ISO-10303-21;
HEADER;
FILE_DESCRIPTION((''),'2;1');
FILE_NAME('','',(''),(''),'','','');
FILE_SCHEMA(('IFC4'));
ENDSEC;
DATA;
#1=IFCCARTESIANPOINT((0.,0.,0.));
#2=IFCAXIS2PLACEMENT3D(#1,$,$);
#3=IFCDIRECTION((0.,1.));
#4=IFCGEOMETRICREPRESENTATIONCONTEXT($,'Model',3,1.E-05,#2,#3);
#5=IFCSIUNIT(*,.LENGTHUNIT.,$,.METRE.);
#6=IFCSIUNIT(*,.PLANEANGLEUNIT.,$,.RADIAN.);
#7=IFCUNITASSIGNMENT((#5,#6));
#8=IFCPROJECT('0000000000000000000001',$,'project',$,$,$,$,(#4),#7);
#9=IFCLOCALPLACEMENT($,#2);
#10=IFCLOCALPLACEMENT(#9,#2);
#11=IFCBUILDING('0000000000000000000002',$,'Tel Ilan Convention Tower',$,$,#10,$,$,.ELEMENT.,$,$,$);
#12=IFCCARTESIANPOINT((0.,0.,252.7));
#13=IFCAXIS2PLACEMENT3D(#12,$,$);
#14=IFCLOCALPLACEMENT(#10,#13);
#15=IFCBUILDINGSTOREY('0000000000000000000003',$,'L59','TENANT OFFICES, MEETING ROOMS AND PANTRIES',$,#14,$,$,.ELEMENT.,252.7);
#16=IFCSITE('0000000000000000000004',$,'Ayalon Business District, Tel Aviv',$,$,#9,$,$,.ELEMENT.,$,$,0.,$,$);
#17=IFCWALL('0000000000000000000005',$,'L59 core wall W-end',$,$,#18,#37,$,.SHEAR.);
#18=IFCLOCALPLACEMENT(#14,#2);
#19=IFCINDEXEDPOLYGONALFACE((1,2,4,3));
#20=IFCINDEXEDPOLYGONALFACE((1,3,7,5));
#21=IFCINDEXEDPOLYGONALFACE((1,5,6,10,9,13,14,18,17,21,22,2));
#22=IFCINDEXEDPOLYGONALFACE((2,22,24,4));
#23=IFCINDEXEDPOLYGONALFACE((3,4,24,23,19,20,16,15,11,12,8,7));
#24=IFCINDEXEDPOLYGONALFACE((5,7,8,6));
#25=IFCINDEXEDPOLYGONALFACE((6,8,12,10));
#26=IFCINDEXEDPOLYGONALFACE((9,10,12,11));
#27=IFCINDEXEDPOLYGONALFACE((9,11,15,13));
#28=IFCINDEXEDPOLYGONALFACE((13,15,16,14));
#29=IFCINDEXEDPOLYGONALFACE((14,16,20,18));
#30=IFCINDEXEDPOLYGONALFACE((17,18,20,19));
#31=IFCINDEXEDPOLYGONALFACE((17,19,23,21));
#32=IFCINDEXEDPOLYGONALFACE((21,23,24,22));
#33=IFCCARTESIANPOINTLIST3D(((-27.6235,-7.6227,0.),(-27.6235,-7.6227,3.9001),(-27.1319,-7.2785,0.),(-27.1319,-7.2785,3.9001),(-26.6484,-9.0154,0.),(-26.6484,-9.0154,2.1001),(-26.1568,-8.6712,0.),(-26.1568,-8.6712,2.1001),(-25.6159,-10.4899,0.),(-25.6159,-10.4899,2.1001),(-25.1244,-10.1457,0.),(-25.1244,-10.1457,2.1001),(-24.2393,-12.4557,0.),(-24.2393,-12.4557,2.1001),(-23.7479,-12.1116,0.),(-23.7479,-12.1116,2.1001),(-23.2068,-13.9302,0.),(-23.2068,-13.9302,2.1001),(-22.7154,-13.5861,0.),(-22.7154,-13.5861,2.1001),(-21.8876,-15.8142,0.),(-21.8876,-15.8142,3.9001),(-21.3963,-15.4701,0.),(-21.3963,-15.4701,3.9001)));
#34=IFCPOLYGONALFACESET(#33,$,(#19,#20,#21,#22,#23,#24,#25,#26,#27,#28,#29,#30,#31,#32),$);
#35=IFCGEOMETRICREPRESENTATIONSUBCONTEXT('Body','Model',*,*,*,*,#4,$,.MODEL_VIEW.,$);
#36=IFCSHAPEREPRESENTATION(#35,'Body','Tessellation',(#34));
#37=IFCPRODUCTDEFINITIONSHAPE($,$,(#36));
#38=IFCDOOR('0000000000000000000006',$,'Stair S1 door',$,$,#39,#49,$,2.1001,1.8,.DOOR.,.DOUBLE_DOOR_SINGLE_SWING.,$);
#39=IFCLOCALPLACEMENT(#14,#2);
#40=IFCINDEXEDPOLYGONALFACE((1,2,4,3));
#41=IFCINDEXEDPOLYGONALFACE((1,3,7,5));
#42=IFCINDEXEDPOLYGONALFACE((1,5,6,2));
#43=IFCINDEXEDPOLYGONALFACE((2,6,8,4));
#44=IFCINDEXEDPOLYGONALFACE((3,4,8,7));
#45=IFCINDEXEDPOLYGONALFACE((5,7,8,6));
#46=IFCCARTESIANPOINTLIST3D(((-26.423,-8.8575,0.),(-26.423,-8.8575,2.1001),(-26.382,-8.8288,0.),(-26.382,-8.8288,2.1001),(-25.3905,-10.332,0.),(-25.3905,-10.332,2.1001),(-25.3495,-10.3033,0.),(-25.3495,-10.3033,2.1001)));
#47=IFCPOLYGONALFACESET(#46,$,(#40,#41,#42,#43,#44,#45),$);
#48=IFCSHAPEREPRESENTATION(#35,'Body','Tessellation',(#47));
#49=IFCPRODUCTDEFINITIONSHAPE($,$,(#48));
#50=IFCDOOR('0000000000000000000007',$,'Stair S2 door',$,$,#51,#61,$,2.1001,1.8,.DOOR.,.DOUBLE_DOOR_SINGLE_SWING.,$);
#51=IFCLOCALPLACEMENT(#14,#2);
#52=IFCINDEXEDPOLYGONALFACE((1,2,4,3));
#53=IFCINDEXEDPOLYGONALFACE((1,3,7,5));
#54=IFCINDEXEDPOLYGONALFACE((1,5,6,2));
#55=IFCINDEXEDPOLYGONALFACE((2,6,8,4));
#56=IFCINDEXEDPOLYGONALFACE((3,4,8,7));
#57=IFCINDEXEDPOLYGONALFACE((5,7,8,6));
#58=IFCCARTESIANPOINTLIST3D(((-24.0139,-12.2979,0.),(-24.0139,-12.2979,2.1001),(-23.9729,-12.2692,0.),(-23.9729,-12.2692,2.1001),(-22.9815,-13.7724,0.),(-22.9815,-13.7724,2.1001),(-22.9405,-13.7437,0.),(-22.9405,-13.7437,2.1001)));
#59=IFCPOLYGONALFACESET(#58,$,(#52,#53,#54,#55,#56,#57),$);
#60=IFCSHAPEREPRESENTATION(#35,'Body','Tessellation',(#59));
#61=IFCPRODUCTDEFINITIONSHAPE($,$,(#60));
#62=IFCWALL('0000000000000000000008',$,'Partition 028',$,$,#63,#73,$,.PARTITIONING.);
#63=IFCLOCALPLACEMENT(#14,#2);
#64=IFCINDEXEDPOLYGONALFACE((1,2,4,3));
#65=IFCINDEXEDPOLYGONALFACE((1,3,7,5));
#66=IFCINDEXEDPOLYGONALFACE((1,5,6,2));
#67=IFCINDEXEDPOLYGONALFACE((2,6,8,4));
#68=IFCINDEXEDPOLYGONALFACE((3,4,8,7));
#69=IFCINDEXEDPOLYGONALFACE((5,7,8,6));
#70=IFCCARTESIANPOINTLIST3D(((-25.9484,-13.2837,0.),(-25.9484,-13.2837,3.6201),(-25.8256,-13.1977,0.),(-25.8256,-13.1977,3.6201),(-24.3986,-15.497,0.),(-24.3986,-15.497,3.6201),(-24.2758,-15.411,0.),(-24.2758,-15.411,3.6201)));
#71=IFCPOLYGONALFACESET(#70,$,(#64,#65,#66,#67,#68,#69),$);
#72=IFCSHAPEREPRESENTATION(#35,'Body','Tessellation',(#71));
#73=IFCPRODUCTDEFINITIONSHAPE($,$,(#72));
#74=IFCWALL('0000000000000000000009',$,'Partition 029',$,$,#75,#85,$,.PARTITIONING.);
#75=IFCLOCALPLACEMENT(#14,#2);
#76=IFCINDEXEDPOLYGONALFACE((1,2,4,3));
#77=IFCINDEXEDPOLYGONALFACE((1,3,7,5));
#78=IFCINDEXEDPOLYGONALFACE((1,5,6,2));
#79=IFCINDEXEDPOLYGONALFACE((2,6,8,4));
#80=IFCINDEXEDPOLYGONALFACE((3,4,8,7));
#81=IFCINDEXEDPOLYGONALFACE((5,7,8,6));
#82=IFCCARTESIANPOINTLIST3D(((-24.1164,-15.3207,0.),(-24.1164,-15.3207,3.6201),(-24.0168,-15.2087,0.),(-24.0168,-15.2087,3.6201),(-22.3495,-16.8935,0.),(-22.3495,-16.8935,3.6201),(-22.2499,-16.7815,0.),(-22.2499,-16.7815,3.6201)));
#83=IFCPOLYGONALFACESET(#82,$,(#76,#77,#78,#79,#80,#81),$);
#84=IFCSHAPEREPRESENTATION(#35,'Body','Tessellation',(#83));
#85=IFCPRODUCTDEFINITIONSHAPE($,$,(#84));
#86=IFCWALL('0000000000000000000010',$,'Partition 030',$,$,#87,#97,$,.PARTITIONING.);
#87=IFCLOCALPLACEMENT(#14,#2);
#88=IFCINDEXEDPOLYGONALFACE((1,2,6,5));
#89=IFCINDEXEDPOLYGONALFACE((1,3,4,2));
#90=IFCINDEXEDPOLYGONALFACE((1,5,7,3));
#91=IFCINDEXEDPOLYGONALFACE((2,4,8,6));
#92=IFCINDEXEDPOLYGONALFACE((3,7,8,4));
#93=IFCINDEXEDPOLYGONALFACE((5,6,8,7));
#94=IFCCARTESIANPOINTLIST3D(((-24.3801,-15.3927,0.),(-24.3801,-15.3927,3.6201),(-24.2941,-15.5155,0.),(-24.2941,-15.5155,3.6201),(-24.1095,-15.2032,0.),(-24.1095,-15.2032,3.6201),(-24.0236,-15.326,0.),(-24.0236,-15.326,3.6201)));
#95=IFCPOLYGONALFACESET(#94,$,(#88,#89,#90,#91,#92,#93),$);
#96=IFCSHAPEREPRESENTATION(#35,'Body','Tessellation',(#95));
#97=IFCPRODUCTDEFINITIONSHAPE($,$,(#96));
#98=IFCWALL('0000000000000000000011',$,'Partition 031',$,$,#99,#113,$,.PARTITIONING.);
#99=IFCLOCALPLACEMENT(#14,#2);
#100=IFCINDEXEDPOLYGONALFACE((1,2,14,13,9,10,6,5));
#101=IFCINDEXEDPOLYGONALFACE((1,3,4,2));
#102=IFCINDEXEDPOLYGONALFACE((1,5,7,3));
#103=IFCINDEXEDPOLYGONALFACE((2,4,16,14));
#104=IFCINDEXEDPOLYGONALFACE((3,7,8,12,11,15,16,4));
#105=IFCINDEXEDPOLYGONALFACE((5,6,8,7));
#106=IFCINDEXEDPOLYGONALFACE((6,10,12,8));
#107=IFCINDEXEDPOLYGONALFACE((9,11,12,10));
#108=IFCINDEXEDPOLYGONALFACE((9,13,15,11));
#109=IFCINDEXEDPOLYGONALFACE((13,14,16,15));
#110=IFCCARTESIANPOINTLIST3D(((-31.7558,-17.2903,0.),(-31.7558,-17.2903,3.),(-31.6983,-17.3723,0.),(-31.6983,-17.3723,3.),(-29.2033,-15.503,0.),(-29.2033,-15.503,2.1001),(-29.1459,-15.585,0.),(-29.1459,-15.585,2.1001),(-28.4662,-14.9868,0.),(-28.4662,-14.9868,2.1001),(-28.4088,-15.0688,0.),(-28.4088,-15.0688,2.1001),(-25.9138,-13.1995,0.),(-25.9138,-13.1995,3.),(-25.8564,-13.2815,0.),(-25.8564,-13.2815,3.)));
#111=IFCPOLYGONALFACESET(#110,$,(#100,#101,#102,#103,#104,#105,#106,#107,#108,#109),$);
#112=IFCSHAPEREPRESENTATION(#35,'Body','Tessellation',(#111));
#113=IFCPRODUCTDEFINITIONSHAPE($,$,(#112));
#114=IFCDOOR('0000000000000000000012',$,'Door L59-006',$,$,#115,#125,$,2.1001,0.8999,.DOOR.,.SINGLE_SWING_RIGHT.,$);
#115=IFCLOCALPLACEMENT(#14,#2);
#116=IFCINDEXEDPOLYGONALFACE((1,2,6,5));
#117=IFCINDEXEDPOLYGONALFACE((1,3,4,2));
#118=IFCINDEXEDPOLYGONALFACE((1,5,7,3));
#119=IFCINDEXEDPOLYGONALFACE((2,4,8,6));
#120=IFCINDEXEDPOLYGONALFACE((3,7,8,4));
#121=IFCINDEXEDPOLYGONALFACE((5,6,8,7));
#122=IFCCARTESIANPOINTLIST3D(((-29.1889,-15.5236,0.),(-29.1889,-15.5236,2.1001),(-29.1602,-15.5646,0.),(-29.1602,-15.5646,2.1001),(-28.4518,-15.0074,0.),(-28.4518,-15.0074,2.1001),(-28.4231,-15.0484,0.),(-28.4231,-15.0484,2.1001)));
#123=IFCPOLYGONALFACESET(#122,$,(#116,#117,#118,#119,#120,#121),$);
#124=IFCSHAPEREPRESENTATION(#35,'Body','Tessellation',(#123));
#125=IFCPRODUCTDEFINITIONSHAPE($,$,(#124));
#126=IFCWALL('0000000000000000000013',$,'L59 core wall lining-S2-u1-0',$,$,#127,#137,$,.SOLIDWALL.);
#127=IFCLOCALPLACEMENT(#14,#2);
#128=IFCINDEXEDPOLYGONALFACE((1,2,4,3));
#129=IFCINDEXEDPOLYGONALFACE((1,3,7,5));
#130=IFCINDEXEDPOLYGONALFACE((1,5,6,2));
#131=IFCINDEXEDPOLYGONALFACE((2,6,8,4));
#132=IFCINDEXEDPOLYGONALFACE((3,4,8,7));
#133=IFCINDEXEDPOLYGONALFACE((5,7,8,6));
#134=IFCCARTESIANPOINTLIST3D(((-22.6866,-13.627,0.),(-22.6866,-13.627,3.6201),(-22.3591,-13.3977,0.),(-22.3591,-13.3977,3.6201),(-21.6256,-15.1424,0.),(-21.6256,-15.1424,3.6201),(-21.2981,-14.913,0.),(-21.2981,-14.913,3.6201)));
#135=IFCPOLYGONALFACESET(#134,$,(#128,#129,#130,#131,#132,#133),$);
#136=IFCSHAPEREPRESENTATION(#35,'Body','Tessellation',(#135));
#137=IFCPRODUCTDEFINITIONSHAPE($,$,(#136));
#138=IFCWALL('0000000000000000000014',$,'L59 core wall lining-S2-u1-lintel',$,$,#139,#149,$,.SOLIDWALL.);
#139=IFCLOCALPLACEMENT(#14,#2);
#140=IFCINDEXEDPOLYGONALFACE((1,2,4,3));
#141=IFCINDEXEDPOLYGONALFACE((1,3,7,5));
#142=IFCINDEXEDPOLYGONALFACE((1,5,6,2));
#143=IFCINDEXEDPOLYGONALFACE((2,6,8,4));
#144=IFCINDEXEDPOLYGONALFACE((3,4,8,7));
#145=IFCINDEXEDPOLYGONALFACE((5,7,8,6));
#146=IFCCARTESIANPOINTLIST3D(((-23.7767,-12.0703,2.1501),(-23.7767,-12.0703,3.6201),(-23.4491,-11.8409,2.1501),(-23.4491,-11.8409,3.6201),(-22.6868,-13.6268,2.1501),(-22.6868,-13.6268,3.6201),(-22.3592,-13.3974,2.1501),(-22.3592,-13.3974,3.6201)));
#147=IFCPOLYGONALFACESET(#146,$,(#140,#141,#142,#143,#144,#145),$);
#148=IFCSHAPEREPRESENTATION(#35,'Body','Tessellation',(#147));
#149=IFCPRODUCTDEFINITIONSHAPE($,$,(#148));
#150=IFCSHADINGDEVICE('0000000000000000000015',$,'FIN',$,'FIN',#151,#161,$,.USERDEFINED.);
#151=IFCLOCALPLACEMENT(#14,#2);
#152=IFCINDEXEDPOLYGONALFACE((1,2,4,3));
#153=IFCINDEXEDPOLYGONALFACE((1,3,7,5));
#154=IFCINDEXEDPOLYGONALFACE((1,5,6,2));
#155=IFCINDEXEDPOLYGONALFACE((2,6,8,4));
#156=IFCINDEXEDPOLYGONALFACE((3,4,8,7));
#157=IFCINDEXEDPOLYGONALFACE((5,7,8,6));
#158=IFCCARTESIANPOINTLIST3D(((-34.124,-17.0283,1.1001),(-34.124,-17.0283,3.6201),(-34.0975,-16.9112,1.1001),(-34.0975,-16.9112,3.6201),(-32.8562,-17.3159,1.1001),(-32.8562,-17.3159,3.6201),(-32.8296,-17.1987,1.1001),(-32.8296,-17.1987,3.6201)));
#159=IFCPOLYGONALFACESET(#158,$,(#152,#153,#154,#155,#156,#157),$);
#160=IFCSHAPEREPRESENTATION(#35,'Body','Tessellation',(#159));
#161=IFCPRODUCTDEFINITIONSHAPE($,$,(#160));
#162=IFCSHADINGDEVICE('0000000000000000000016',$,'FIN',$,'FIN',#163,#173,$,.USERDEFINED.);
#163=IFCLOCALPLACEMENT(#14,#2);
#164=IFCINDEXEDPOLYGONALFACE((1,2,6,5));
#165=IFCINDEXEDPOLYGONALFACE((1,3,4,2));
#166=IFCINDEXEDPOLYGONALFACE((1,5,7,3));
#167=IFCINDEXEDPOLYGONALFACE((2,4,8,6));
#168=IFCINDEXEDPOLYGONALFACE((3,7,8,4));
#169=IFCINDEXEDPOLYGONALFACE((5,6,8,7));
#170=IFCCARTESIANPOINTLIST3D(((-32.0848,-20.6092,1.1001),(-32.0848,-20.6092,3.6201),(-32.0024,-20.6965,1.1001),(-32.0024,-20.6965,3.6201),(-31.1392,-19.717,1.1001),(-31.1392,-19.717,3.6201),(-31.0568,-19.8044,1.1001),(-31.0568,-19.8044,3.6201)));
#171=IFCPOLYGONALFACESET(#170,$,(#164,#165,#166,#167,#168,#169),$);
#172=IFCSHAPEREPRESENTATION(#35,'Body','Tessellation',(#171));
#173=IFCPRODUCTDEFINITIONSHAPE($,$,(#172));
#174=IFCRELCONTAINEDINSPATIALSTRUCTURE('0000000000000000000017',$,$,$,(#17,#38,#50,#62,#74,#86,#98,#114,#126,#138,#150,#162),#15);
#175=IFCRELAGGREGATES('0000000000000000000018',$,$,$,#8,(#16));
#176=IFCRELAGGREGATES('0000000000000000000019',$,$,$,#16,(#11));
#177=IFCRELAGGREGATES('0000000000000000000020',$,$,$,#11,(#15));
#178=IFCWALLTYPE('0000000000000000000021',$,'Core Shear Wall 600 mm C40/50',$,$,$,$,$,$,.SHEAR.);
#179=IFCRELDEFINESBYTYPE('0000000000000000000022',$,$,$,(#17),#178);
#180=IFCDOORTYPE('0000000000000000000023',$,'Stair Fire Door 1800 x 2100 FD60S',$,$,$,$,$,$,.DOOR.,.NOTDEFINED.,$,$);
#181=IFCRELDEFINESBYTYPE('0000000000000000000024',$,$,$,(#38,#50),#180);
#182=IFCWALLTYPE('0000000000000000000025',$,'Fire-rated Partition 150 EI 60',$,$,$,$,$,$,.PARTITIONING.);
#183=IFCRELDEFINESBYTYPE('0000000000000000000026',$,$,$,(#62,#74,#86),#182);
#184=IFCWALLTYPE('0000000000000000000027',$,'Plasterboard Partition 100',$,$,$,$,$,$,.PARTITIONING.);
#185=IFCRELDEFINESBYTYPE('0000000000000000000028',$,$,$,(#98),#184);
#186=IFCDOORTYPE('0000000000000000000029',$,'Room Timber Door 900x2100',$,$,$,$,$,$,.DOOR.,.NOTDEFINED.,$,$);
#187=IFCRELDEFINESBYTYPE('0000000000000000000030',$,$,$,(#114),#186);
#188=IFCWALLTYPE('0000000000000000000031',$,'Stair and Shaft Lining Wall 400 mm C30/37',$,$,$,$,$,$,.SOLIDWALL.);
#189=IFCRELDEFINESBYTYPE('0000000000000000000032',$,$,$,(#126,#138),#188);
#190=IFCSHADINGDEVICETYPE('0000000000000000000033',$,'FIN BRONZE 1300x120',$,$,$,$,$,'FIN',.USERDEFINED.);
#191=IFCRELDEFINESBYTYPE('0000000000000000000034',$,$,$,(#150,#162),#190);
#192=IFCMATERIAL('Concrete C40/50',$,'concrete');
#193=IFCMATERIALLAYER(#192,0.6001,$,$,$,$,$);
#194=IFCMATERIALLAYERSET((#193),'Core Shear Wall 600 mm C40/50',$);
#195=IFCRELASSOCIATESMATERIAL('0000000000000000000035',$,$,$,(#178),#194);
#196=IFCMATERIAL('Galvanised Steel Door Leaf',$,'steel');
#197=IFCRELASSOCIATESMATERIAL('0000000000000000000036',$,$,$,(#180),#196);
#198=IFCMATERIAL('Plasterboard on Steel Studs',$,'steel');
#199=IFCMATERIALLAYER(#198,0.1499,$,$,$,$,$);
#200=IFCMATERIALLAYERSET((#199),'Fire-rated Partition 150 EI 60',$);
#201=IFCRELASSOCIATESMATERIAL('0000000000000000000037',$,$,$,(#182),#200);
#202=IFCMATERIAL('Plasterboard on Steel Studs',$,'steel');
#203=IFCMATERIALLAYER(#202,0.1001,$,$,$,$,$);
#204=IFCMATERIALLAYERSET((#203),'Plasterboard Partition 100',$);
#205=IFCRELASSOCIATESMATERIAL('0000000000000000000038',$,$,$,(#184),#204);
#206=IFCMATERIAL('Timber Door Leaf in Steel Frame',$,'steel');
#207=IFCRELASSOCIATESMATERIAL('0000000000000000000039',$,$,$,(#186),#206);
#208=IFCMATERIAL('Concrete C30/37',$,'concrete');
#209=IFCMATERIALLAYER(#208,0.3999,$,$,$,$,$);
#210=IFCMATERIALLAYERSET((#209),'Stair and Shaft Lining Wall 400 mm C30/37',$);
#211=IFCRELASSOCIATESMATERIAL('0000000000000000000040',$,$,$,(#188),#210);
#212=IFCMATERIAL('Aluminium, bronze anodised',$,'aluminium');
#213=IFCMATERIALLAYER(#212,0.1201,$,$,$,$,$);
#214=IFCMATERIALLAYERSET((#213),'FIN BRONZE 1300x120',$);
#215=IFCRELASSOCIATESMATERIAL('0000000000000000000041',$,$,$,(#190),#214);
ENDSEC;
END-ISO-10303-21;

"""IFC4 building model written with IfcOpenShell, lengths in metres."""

from ifc_helpers import new_model, si_unit, direction, frame, frame_2d, origin, origin_2d, place, context, subcontext, project, spatial, polyline, rectangle, outline, extrude, material, layer, layer_set, type_object, element, fill, save


model = new_model("IFC4")

# Units and contexts
model_context = context("Model", 3, precision=1e-05, world=origin(), true_north=direction((0.0, 1.0)))
body_context = subcontext(model_context, "Body", "Model", "MODEL_VIEW")
ifc_project = project(units=[si_unit("LENGTHUNIT", "METRE"), si_unit("PLANEANGLEUNIT", "RADIAN")], contexts=[model_context])

# Site, building, storey
site_placement = place(None, origin())
site = spatial("IfcSite", under=ifc_project, at=site_placement, Name="Ayalon Business District, Tel Aviv", CompositionType="ELEMENT", RefElevation=0.0)
building_placement = place(site_placement, origin())
building = spatial("IfcBuilding", under=site, at=building_placement, Name="Tel Ilan Convention Tower", CompositionType="ELEMENT")
storey_placement = place(building_placement, frame((0.0, 0.0, 252.7)))
storey = spatial("IfcBuildingStorey", under=building, at=storey_placement, Name="L59", Description="TENANT OFFICES, MEETING ROOMS AND PANTRIES", CompositionType="ELEMENT", Elevation=252.7)

# Wall, openings, doors
ifc_material_1 = material(Name="Concrete C40/50", Category="concrete")
ifc_layer_1 = layer(ifc_material_1, 0.6001)
ifc_layer_set_1 = layer_set([ifc_layer_1], Name="Core Shear Wall 600 mm C40/50")
wall_type_1 = type_object("IfcWallType", Name="Core Shear Wall 600 mm C40/50", PredefinedType="SHEAR", material=ifc_layer_set_1)
wall_1_placement = place(storey_placement, frame((-21.6418, -15.6421, 0.0), z_axis=(0.0, 0.0, 1.0), x_axis=(-0.573587, 0.819145, 0.0)))
wall_1 = element("IfcWall", 1, at=wall_1_placement, inside=storey, type_object=wall_type_1, Name="L59 core wall W-end", PredefinedType="SHEAR", context=body_context, shape_type="SweptSolid", body=[
    extrude(outline(polyline([(0.0, 0.3), (0.0, -0.2998), (10.0, -0.3), (10.0, 0.3), (0.0, 0.3)])), origin(), (0.0, 0.0, 1.0), 3.9001),
])
opening_1_placement = place(wall_1_placement, frame((6.5, 0.0, 0.0)))
opening_1 = element("IfcOpeningElement", 2, at=opening_1_placement, cuts=wall_1, PredefinedType="OPENING", context=body_context, shape_type="SweptSolid", body=[
    extrude(rectangle(XDim=1.8, YDim=2.1001, at=frame_2d((0.8999, 1.05))), frame((0.0, 0.3101, 0.0), z_axis=(0.0, -1.0, 0.0), x_axis=(1.0, 0.0, 0.0)), (0.0, 0.0, 1.0), 0.6201),
])
opening_2_placement = place(wall_1_placement, frame((2.3, 0.0, 0.0)))
opening_2 = element("IfcOpeningElement", 3, at=opening_2_placement, cuts=wall_1, PredefinedType="OPENING", context=body_context, shape_type="SweptSolid", body=[
    extrude(rectangle(XDim=1.8, YDim=2.1001, at=frame_2d((0.8999, 1.05))), frame((0.0, 0.3101, 0.0), z_axis=(0.0, -1.0, 0.0), x_axis=(1.0, 0.0, 0.0)), (0.0, 0.0, 1.0), 0.6201),
])
ifc_material_2 = material(Name="Galvanised Steel Door Leaf", Category="steel")
door_type_1 = type_object("IfcDoorType", Name="Stair Fire Door 1800 x 2100 FD60S", OperationType="NOTDEFINED", PredefinedType="DOOR", material=ifc_material_2)
door_1_placement = place(opening_1_placement, origin())
door_1 = element("IfcDoor", 4, at=door_1_placement, inside=storey, type_object=door_type_1, Name="Stair S1 door", OperationType="DOUBLE_DOOR_SINGLE_SWING", OverallHeight=2.1001, OverallWidth=1.8, PredefinedType="DOOR", context=body_context, shape_type="SweptSolid", body=[
    extrude(rectangle(XDim=1.8, YDim=2.1001, at=frame_2d((0.8999, 1.05))), frame((0.0, 0.0249, 0.0), z_axis=(0.0, -1.0, 0.0), x_axis=(1.0, 0.0, 0.0)), (0.0, 0.0, 1.0), 0.05),
])
fill(opening_1, door_1)
door_2_placement = place(opening_2_placement, origin())
door_2 = element("IfcDoor", 5, at=door_2_placement, inside=storey, type_object=door_type_1, Name="Stair S2 door", OperationType="DOUBLE_DOOR_SINGLE_SWING", OverallHeight=2.1001, OverallWidth=1.8, PredefinedType="DOOR", context=body_context, shape_type="SweptSolid", body=[
    extrude(rectangle(XDim=1.8, YDim=2.1001, at=frame_2d((0.8999, 1.05))), frame((0.0, 0.0249, 0.0), z_axis=(0.0, -1.0, 0.0), x_axis=(1.0, 0.0, 0.0)), (0.0, 0.0, 1.0), 0.05),
])
fill(opening_2, door_2)

# Walls
ifc_material_3 = material(Name="Plasterboard on Steel Studs", Category="steel")
ifc_layer_2 = layer(ifc_material_3, 0.1499)
ifc_layer_set_2 = layer_set([ifc_layer_2], Name="Fire-rated Partition 150 EI 60")
wall_type_2 = type_object("IfcWallType", Name="Fire-rated Partition 150 EI 60", PredefinedType="PARTITIONING", material=ifc_layer_set_2)
wall_2_placement = place(storey_placement, frame((-24.3372, -15.4541, 0.0), z_axis=(0.0, 0.0, 1.0), x_axis=(-0.573571, 0.819156, 0.0)))
element("IfcWall", 6, at=wall_2_placement, inside=storey, type_object=wall_type_2, Name="Partition 028", PredefinedType="PARTITIONING", context=body_context, shape_type="SweptSolid", body=[
    extrude(rectangle(XDim=2.7019, YDim=0.1499, at=frame_2d((1.3511, 0.0))), origin(), (0.0, 0.0, 1.0), 3.6201),
])
wall_3_placement = place(storey_placement, frame((-22.2998, -16.8374, 0.0), z_axis=(0.0, 0.0, 1.0), x_axis=(-0.746942, 0.664889, 0.0)))
element("IfcWall", 7, at=wall_3_placement, inside=storey, type_object=wall_type_2, Name="Partition 029", PredefinedType="PARTITIONING", context=body_context, shape_type="SweptSolid", body=[
    extrude(rectangle(XDim=2.3655, YDim=0.1499, at=frame_2d((1.1826, 0.0))), origin(), (0.0, 0.0, 1.0), 3.6201),
])
wall_4_placement = place(storey_placement, frame((-24.0667, -15.2646, 0.0), z_axis=(0.0, 0.0, 1.0), x_axis=(-0.819093, -0.573661, 0.0)))
element("IfcWall", 8, at=wall_4_placement, inside=storey, type_object=wall_type_2, Name="Partition 030", PredefinedType="PARTITIONING", context=body_context, shape_type="SweptSolid", body=[
    extrude(rectangle(XDim=0.3303, YDim=0.1499, at=frame_2d((0.165, 0.0))), origin(), (0.0, 0.0, 1.0), 3.6201),
])

# Wall, opening, door
ifc_material_4 = material(Name="Plasterboard on Steel Studs", Category="steel")
ifc_layer_3 = layer(ifc_material_4, 0.1001)
ifc_layer_set_3 = layer_set([ifc_layer_3], Name="Plasterboard Partition 100")
wall_type_3 = type_object("IfcWallType", Name="Plasterboard Partition 100", PredefinedType="PARTITIONING", material=ifc_layer_set_3)
wall_5_placement = place(storey_placement, frame((-31.7271, -17.3313, 0.0), z_axis=(0.0, 0.0, 1.0), x_axis=(0.81914, 0.573593, 0.0)))
wall_5 = element("IfcWall", 9, at=wall_5_placement, inside=storey, type_object=wall_type_3, Name="Partition 031", PredefinedType="PARTITIONING", context=body_context, shape_type="SweptSolid", body=[
    extrude(rectangle(XDim=7.1318, YDim=0.1001, at=frame_2d((3.5659, 0.0))), origin(), (0.0, 0.0, 1.0), 3.0),
])
opening_3_placement = place(wall_5_placement, frame((3.116, 0.0, 0.0)))
opening_3 = element("IfcOpeningElement", 10, at=opening_3_placement, cuts=wall_5, PredefinedType="OPENING", context=body_context, shape_type="SweptSolid", body=[
    extrude(rectangle(XDim=0.8999, YDim=2.1001, at=frame_2d((0.45, 1.05))), frame((0.0, 0.0601, 0.0), z_axis=(0.0, -1.0, 0.0), x_axis=(1.0, 0.0, 0.0)), (0.0, 0.0, 1.0), 0.1201),
])
ifc_material_5 = material(Name="Timber Door Leaf in Steel Frame", Category="steel")
door_type_2 = type_object("IfcDoorType", Name="Room Timber Door 900x2100", OperationType="NOTDEFINED", PredefinedType="DOOR", material=ifc_material_5)
door_3_placement = place(opening_3_placement, origin())
door_3 = element("IfcDoor", 11, at=door_3_placement, inside=storey, type_object=door_type_2, Name="Door L59-006", OperationType="SINGLE_SWING_RIGHT", OverallHeight=2.1001, OverallWidth=0.8999, PredefinedType="DOOR", context=body_context, shape_type="SweptSolid", body=[
    extrude(rectangle(XDim=0.8999, YDim=2.1001, at=frame_2d((0.45, 1.05))), frame((0.0, 0.0249, 0.0), z_axis=(0.0, -1.0, 0.0), x_axis=(1.0, 0.0, 0.0)), (0.0, 0.0, 1.0), 0.05),
])
fill(opening_3, door_3)

# Walls
ifc_material_6 = material(Name="Concrete C30/37", Category="concrete")
ifc_layer_4 = layer(ifc_material_6, 0.3999)
ifc_layer_set_4 = layer_set([ifc_layer_4], Name="Stair and Shaft Lining Wall 400 mm C30/37")
wall_type_4 = type_object("IfcWallType", Name="Stair and Shaft Lining Wall 400 mm C30/37", PredefinedType="SOLIDWALL", material=ifc_layer_set_4)
wall_6_placement = place(storey_placement, frame((-21.4619, -15.0276, 0.0), z_axis=(0.0, 0.0, 1.0), x_axis=(-0.57356, 0.819164, 0.0)))
element("IfcWall", 12, at=wall_6_placement, inside=storey, type_object=wall_type_4, Name="L59 core wall lining-S2-u1-0", PredefinedType="SOLIDWALL", context=body_context, shape_type="SweptSolid", body=[
    extrude(rectangle(XDim=1.8499, YDim=0.3999, at=frame_2d((0.9248, 0.0))), origin(), (0.0, 0.0, 1.0), 3.6201),
])
wall_7_placement = place(storey_placement, frame((-22.5229, -13.5122, 2.1501), z_axis=(0.0, 0.0, 1.0), x_axis=(-0.573592, 0.819141, 0.0)))
element("IfcWall", 13, at=wall_7_placement, inside=storey, type_object=wall_type_4, Name="L59 core wall lining-S2-u1-lintel", PredefinedType="SOLIDWALL", context=body_context, shape_type="SweptSolid", body=[
    extrude(rectangle(XDim=1.9001, YDim=0.3999, at=frame_2d((0.9502, 0.0))), origin(), (0.0, 0.0, 1.0), 1.47),
])

# Shading devices
ifc_material_7 = material(Name="Aluminium, bronze anodised", Category="aluminium")
ifc_layer_5 = layer(ifc_material_7, 0.1201)
ifc_layer_set_5 = layer_set([ifc_layer_5], Name="FIN BRONZE 1300x120")
shading_device_type = type_object("IfcShadingDeviceType", Name="FIN BRONZE 1300x120", ElementType="FIN", PredefinedType="USERDEFINED", material=ifc_layer_set_5)
for number, where, z_axis, x_axis, name in (
    (14, (-33.4768, -17.1135, 1.1001), (0.0, 0.0, 1.0), (-0.975235, 0.22117, 0.0), "FIN"),
    (15, (-31.5708, -20.2068, 1.1001), (0.0, 0.0, 1.0), (-0.727374, -0.686242, 0.0), "FIN"),
):
    element("IfcShadingDevice", number, at=place(storey_placement, frame(where, z_axis=z_axis, x_axis=x_axis)), inside=storey, type_object=shading_device_type, Name=name, ObjectType="FIN", PredefinedType="USERDEFINED", context=body_context, shape_type="SweptSolid", body=[
        extrude(rectangle(XDim=1.3, YDim=0.1201, at=origin_2d()), origin(), (0.0, 0.0, 1.0), 2.52),
    ])

save(model, "model.ifc")
